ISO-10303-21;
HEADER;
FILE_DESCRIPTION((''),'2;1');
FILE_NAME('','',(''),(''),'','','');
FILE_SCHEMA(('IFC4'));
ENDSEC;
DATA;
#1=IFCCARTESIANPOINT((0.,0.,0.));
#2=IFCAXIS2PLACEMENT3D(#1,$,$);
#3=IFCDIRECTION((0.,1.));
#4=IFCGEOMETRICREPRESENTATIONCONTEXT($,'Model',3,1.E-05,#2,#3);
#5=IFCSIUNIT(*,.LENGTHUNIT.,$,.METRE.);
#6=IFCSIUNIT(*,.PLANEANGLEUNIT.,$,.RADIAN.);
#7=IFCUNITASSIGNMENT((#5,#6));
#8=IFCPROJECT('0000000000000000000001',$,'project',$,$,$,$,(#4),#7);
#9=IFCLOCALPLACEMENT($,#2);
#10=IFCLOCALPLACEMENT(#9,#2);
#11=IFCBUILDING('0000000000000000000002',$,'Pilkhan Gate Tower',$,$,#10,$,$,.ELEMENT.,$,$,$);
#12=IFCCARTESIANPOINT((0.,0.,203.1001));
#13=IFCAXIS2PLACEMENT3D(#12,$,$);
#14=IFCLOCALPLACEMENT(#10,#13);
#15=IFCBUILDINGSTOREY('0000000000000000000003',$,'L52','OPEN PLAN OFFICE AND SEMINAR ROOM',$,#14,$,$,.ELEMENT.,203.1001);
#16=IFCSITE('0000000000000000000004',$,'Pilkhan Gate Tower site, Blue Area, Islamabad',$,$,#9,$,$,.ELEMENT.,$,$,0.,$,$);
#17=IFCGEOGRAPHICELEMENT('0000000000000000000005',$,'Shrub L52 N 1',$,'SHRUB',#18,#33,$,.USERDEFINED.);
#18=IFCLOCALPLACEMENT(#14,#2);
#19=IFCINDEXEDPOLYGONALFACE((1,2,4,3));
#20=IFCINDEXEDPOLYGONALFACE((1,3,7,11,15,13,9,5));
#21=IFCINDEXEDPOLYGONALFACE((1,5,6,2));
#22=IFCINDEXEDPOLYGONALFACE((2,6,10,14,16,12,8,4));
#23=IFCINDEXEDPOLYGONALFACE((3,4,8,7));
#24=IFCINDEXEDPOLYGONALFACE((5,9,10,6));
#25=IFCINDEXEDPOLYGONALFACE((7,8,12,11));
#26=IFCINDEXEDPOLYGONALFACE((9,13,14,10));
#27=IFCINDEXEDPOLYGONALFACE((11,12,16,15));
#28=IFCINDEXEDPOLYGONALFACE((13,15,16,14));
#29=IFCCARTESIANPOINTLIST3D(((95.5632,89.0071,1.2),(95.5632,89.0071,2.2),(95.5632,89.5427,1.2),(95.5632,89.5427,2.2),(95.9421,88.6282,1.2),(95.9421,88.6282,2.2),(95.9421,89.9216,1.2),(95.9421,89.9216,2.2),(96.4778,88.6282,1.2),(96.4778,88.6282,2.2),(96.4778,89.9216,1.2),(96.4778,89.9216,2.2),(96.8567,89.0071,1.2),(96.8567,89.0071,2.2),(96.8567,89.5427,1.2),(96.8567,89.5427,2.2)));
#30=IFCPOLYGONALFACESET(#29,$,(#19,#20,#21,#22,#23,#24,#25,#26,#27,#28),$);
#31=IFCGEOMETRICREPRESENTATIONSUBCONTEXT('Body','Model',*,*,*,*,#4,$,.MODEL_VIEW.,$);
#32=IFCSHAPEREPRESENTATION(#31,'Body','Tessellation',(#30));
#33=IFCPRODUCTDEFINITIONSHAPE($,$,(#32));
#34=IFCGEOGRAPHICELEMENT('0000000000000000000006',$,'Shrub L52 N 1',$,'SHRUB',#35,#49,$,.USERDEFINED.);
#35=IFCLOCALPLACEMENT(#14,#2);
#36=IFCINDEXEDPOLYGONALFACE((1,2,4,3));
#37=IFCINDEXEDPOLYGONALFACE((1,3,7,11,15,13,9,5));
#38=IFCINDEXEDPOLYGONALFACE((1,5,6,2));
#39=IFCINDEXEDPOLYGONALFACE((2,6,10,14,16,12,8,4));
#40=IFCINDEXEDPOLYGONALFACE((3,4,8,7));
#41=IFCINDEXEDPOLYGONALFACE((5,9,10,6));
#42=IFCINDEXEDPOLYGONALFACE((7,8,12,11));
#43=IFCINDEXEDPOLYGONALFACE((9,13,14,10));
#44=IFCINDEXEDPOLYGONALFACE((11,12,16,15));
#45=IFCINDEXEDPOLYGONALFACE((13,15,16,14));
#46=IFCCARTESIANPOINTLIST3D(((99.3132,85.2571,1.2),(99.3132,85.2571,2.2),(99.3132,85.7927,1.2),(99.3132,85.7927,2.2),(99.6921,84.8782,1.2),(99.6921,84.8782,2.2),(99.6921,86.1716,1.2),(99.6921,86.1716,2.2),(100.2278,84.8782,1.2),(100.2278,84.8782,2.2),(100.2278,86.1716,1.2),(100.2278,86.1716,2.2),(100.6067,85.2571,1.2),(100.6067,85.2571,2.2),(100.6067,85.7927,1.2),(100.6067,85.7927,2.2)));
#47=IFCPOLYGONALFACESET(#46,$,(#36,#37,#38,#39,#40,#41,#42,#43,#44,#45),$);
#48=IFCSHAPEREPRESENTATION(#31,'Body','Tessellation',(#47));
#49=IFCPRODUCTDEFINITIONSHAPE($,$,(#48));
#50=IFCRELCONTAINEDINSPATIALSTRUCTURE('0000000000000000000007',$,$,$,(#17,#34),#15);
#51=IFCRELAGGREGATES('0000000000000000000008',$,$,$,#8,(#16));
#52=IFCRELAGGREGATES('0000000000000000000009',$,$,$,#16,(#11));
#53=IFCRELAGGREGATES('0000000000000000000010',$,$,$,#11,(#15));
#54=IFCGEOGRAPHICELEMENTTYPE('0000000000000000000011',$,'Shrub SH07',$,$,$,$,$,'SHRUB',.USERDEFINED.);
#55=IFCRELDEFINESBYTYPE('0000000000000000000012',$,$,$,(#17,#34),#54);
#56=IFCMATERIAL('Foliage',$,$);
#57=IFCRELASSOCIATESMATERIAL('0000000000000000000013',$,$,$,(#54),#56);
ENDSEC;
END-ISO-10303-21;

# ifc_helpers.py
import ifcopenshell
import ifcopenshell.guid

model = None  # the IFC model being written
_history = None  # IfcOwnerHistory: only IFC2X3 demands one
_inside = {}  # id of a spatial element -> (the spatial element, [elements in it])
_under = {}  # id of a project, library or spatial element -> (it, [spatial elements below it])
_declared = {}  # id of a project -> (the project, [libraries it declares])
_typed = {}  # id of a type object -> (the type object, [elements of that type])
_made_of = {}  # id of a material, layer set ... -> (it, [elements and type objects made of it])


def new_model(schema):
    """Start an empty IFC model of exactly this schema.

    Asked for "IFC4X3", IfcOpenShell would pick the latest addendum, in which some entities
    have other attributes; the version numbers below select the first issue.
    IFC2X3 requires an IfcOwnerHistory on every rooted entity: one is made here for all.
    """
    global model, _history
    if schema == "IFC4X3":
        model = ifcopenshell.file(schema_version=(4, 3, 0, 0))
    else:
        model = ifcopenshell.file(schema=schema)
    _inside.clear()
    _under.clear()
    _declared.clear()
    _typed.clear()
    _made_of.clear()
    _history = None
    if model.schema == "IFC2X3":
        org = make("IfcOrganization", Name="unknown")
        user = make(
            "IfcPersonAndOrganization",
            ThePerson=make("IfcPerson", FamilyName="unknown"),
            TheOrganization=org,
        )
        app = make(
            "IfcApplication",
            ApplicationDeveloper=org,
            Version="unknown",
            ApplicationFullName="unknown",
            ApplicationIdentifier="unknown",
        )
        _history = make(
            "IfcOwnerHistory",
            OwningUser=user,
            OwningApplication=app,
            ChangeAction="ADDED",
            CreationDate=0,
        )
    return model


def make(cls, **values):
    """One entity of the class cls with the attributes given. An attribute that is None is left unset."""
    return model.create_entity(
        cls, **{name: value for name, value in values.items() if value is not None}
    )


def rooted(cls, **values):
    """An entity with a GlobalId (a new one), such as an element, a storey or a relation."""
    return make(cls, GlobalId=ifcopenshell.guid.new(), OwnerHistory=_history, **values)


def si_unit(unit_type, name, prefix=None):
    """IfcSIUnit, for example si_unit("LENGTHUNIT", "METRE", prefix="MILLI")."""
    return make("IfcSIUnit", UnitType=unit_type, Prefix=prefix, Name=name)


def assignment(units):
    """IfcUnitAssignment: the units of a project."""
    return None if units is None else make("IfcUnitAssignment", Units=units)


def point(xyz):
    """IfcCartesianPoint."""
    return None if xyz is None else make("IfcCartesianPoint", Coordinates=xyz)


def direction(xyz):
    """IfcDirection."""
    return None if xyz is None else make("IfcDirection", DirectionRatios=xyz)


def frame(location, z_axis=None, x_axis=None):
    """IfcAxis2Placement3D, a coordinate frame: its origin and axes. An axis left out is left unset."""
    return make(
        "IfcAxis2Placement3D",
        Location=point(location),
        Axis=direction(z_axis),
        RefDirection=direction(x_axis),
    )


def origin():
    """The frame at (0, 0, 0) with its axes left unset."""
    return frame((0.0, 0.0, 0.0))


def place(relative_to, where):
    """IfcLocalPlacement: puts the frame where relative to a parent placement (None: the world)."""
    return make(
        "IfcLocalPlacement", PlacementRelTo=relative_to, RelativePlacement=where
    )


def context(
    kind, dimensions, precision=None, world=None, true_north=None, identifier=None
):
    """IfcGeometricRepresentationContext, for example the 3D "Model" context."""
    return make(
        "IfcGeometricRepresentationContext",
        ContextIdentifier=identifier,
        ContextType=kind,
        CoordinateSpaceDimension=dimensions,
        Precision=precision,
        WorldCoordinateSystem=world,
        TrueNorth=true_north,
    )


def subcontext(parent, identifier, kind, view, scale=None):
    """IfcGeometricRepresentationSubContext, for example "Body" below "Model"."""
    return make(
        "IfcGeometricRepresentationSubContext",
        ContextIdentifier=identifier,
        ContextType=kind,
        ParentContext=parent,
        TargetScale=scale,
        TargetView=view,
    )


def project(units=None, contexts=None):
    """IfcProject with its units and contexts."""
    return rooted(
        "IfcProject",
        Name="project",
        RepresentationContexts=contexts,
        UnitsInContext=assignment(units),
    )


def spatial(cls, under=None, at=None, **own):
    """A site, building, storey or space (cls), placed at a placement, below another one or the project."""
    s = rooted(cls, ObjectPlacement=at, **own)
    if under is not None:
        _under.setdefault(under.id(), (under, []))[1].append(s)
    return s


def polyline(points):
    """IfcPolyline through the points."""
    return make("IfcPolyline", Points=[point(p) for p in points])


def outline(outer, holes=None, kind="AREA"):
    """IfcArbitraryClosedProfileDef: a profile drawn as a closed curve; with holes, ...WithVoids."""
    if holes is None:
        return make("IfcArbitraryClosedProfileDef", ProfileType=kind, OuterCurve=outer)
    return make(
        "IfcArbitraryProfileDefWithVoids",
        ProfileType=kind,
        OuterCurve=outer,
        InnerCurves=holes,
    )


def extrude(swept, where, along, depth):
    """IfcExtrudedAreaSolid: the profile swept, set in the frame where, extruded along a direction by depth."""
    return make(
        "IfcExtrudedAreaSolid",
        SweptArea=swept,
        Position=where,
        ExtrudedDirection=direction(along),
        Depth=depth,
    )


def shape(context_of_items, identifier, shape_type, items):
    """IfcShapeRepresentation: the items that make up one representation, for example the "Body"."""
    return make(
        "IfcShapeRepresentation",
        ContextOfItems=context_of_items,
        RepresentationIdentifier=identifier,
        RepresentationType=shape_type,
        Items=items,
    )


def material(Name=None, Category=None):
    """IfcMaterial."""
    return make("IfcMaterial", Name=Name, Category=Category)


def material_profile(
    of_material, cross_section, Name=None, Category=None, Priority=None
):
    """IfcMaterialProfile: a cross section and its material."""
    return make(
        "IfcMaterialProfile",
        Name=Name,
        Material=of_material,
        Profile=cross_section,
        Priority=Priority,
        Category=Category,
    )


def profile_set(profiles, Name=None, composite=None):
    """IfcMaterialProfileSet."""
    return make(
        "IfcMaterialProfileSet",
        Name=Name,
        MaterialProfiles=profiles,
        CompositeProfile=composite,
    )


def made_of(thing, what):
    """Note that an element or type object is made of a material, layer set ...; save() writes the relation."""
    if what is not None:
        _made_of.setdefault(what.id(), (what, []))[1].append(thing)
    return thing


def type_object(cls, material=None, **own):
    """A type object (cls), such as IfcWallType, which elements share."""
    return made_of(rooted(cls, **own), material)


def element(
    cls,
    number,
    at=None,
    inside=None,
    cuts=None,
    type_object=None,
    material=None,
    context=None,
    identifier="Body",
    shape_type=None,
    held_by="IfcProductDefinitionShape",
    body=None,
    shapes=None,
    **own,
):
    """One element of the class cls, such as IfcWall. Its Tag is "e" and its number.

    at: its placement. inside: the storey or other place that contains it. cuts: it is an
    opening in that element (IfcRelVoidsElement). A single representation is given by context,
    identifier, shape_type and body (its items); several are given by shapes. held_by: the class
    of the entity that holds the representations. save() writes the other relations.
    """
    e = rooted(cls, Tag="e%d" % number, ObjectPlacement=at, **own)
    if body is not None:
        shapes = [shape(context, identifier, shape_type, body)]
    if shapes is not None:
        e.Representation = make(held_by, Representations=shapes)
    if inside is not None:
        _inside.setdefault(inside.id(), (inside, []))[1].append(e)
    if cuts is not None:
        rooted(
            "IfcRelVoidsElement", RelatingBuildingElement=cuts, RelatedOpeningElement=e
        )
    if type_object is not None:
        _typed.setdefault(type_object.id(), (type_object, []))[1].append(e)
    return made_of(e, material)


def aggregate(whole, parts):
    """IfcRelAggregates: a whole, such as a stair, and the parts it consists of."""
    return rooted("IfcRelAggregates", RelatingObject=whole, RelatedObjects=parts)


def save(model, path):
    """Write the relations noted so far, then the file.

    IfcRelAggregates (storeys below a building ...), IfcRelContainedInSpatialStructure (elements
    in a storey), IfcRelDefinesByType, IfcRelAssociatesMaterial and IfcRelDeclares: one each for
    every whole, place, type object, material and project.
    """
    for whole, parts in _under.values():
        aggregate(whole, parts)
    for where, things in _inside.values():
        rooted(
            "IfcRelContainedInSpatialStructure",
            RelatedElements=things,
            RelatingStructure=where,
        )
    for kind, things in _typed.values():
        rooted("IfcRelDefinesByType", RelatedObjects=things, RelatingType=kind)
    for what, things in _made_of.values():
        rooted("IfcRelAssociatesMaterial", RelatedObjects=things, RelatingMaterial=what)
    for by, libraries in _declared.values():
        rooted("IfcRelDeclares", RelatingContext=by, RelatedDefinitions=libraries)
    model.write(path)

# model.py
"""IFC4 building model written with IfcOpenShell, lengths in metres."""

from ifc_helpers import new_model, si_unit, direction, frame, origin, place, context, subcontext, project, spatial, polyline, outline, extrude, material, material_profile, profile_set, type_object, element, save


model = new_model("IFC4")

# Units and contexts
model_context = context("Model", 3, precision=1e-05, world=origin(), true_north=direction((0.0, 1.0)))
body_context = subcontext(model_context, "Body", "Model", "MODEL_VIEW")
ifc_project = project(units=[si_unit("LENGTHUNIT", "METRE"), si_unit("PLANEANGLEUNIT", "RADIAN")], contexts=[model_context])

# Site, building, storey
site_placement = place(None, origin())
site = spatial("IfcSite", under=ifc_project, at=site_placement, Name="Pilkhan Gate Tower site, Blue Area, Islamabad", CompositionType="ELEMENT", RefElevation=0.0)
building_placement = place(site_placement, origin())
building = spatial("IfcBuilding", under=site, at=building_placement, Name="Pilkhan Gate Tower", CompositionType="ELEMENT")
storey_placement = place(building_placement, frame((0.0, 0.0, 203.1001)))
storey = spatial("IfcBuildingStorey", under=building, at=storey_placement, Name="L52", Description="OPEN PLAN OFFICE AND SEMINAR ROOM", CompositionType="ELEMENT", Elevation=203.1001)

# Geographic elements
ifc_material_1 = material(Name="Foliage")
ifc_material_profile_1 = material_profile(ifc_material_1, outline(polyline([(0.6467, 0.2678), (0.2678, 0.6467), (-0.2678, 0.6467), (-0.6467, 0.2678), (-0.6467, -0.2678), (-0.2678, -0.6467), (0.2678, -0.6467), (0.6467, -0.2678), (0.6467, 0.2678)])), Name="Shrub D1.4")
ifc_profile_set_1 = profile_set([ifc_material_profile_1], Name="Foliage")
geographic_element_type_1 = type_object("IfcGeographicElementType", Name="Shrub SH07", ElementType="SHRUB", PredefinedType="USERDEFINED", material=ifc_profile_set_1)
for number, where, z_axis, x_axis, name in (
    (1, (96.21, 89.2749, 1.2), (0.0, 0.0, 1.0), (1.0, 0.0, 0.0), "Shrub L52 N 1"),
    (2, (99.96, 85.5249, 1.2), (0.0, 0.0, 1.0), (1.0, 0.0, 0.0), "Shrub L52 N 1"),
):
    element("IfcGeographicElement", number, at=place(storey_placement, frame(where, z_axis=z_axis, x_axis=x_axis)), inside=storey, type_object=geographic_element_type_1, Name=name, ObjectType="SHRUB", PredefinedType="USERDEFINED", context=body_context, shape_type="SweptSolid", body=[
        extrude(outline(polyline([(0.6467, 0.2678), (0.2678, 0.6467), (-0.2678, 0.6467), (-0.6467, 0.2678), (-0.6467, -0.2678), (-0.2678, -0.6467), (0.2678, -0.6467), (0.6467, -0.2678), (0.6467, 0.2678)])), origin(), (0.0, 0.0, 1.0), 1.0),
    ])

save(model, "model.ifc")
